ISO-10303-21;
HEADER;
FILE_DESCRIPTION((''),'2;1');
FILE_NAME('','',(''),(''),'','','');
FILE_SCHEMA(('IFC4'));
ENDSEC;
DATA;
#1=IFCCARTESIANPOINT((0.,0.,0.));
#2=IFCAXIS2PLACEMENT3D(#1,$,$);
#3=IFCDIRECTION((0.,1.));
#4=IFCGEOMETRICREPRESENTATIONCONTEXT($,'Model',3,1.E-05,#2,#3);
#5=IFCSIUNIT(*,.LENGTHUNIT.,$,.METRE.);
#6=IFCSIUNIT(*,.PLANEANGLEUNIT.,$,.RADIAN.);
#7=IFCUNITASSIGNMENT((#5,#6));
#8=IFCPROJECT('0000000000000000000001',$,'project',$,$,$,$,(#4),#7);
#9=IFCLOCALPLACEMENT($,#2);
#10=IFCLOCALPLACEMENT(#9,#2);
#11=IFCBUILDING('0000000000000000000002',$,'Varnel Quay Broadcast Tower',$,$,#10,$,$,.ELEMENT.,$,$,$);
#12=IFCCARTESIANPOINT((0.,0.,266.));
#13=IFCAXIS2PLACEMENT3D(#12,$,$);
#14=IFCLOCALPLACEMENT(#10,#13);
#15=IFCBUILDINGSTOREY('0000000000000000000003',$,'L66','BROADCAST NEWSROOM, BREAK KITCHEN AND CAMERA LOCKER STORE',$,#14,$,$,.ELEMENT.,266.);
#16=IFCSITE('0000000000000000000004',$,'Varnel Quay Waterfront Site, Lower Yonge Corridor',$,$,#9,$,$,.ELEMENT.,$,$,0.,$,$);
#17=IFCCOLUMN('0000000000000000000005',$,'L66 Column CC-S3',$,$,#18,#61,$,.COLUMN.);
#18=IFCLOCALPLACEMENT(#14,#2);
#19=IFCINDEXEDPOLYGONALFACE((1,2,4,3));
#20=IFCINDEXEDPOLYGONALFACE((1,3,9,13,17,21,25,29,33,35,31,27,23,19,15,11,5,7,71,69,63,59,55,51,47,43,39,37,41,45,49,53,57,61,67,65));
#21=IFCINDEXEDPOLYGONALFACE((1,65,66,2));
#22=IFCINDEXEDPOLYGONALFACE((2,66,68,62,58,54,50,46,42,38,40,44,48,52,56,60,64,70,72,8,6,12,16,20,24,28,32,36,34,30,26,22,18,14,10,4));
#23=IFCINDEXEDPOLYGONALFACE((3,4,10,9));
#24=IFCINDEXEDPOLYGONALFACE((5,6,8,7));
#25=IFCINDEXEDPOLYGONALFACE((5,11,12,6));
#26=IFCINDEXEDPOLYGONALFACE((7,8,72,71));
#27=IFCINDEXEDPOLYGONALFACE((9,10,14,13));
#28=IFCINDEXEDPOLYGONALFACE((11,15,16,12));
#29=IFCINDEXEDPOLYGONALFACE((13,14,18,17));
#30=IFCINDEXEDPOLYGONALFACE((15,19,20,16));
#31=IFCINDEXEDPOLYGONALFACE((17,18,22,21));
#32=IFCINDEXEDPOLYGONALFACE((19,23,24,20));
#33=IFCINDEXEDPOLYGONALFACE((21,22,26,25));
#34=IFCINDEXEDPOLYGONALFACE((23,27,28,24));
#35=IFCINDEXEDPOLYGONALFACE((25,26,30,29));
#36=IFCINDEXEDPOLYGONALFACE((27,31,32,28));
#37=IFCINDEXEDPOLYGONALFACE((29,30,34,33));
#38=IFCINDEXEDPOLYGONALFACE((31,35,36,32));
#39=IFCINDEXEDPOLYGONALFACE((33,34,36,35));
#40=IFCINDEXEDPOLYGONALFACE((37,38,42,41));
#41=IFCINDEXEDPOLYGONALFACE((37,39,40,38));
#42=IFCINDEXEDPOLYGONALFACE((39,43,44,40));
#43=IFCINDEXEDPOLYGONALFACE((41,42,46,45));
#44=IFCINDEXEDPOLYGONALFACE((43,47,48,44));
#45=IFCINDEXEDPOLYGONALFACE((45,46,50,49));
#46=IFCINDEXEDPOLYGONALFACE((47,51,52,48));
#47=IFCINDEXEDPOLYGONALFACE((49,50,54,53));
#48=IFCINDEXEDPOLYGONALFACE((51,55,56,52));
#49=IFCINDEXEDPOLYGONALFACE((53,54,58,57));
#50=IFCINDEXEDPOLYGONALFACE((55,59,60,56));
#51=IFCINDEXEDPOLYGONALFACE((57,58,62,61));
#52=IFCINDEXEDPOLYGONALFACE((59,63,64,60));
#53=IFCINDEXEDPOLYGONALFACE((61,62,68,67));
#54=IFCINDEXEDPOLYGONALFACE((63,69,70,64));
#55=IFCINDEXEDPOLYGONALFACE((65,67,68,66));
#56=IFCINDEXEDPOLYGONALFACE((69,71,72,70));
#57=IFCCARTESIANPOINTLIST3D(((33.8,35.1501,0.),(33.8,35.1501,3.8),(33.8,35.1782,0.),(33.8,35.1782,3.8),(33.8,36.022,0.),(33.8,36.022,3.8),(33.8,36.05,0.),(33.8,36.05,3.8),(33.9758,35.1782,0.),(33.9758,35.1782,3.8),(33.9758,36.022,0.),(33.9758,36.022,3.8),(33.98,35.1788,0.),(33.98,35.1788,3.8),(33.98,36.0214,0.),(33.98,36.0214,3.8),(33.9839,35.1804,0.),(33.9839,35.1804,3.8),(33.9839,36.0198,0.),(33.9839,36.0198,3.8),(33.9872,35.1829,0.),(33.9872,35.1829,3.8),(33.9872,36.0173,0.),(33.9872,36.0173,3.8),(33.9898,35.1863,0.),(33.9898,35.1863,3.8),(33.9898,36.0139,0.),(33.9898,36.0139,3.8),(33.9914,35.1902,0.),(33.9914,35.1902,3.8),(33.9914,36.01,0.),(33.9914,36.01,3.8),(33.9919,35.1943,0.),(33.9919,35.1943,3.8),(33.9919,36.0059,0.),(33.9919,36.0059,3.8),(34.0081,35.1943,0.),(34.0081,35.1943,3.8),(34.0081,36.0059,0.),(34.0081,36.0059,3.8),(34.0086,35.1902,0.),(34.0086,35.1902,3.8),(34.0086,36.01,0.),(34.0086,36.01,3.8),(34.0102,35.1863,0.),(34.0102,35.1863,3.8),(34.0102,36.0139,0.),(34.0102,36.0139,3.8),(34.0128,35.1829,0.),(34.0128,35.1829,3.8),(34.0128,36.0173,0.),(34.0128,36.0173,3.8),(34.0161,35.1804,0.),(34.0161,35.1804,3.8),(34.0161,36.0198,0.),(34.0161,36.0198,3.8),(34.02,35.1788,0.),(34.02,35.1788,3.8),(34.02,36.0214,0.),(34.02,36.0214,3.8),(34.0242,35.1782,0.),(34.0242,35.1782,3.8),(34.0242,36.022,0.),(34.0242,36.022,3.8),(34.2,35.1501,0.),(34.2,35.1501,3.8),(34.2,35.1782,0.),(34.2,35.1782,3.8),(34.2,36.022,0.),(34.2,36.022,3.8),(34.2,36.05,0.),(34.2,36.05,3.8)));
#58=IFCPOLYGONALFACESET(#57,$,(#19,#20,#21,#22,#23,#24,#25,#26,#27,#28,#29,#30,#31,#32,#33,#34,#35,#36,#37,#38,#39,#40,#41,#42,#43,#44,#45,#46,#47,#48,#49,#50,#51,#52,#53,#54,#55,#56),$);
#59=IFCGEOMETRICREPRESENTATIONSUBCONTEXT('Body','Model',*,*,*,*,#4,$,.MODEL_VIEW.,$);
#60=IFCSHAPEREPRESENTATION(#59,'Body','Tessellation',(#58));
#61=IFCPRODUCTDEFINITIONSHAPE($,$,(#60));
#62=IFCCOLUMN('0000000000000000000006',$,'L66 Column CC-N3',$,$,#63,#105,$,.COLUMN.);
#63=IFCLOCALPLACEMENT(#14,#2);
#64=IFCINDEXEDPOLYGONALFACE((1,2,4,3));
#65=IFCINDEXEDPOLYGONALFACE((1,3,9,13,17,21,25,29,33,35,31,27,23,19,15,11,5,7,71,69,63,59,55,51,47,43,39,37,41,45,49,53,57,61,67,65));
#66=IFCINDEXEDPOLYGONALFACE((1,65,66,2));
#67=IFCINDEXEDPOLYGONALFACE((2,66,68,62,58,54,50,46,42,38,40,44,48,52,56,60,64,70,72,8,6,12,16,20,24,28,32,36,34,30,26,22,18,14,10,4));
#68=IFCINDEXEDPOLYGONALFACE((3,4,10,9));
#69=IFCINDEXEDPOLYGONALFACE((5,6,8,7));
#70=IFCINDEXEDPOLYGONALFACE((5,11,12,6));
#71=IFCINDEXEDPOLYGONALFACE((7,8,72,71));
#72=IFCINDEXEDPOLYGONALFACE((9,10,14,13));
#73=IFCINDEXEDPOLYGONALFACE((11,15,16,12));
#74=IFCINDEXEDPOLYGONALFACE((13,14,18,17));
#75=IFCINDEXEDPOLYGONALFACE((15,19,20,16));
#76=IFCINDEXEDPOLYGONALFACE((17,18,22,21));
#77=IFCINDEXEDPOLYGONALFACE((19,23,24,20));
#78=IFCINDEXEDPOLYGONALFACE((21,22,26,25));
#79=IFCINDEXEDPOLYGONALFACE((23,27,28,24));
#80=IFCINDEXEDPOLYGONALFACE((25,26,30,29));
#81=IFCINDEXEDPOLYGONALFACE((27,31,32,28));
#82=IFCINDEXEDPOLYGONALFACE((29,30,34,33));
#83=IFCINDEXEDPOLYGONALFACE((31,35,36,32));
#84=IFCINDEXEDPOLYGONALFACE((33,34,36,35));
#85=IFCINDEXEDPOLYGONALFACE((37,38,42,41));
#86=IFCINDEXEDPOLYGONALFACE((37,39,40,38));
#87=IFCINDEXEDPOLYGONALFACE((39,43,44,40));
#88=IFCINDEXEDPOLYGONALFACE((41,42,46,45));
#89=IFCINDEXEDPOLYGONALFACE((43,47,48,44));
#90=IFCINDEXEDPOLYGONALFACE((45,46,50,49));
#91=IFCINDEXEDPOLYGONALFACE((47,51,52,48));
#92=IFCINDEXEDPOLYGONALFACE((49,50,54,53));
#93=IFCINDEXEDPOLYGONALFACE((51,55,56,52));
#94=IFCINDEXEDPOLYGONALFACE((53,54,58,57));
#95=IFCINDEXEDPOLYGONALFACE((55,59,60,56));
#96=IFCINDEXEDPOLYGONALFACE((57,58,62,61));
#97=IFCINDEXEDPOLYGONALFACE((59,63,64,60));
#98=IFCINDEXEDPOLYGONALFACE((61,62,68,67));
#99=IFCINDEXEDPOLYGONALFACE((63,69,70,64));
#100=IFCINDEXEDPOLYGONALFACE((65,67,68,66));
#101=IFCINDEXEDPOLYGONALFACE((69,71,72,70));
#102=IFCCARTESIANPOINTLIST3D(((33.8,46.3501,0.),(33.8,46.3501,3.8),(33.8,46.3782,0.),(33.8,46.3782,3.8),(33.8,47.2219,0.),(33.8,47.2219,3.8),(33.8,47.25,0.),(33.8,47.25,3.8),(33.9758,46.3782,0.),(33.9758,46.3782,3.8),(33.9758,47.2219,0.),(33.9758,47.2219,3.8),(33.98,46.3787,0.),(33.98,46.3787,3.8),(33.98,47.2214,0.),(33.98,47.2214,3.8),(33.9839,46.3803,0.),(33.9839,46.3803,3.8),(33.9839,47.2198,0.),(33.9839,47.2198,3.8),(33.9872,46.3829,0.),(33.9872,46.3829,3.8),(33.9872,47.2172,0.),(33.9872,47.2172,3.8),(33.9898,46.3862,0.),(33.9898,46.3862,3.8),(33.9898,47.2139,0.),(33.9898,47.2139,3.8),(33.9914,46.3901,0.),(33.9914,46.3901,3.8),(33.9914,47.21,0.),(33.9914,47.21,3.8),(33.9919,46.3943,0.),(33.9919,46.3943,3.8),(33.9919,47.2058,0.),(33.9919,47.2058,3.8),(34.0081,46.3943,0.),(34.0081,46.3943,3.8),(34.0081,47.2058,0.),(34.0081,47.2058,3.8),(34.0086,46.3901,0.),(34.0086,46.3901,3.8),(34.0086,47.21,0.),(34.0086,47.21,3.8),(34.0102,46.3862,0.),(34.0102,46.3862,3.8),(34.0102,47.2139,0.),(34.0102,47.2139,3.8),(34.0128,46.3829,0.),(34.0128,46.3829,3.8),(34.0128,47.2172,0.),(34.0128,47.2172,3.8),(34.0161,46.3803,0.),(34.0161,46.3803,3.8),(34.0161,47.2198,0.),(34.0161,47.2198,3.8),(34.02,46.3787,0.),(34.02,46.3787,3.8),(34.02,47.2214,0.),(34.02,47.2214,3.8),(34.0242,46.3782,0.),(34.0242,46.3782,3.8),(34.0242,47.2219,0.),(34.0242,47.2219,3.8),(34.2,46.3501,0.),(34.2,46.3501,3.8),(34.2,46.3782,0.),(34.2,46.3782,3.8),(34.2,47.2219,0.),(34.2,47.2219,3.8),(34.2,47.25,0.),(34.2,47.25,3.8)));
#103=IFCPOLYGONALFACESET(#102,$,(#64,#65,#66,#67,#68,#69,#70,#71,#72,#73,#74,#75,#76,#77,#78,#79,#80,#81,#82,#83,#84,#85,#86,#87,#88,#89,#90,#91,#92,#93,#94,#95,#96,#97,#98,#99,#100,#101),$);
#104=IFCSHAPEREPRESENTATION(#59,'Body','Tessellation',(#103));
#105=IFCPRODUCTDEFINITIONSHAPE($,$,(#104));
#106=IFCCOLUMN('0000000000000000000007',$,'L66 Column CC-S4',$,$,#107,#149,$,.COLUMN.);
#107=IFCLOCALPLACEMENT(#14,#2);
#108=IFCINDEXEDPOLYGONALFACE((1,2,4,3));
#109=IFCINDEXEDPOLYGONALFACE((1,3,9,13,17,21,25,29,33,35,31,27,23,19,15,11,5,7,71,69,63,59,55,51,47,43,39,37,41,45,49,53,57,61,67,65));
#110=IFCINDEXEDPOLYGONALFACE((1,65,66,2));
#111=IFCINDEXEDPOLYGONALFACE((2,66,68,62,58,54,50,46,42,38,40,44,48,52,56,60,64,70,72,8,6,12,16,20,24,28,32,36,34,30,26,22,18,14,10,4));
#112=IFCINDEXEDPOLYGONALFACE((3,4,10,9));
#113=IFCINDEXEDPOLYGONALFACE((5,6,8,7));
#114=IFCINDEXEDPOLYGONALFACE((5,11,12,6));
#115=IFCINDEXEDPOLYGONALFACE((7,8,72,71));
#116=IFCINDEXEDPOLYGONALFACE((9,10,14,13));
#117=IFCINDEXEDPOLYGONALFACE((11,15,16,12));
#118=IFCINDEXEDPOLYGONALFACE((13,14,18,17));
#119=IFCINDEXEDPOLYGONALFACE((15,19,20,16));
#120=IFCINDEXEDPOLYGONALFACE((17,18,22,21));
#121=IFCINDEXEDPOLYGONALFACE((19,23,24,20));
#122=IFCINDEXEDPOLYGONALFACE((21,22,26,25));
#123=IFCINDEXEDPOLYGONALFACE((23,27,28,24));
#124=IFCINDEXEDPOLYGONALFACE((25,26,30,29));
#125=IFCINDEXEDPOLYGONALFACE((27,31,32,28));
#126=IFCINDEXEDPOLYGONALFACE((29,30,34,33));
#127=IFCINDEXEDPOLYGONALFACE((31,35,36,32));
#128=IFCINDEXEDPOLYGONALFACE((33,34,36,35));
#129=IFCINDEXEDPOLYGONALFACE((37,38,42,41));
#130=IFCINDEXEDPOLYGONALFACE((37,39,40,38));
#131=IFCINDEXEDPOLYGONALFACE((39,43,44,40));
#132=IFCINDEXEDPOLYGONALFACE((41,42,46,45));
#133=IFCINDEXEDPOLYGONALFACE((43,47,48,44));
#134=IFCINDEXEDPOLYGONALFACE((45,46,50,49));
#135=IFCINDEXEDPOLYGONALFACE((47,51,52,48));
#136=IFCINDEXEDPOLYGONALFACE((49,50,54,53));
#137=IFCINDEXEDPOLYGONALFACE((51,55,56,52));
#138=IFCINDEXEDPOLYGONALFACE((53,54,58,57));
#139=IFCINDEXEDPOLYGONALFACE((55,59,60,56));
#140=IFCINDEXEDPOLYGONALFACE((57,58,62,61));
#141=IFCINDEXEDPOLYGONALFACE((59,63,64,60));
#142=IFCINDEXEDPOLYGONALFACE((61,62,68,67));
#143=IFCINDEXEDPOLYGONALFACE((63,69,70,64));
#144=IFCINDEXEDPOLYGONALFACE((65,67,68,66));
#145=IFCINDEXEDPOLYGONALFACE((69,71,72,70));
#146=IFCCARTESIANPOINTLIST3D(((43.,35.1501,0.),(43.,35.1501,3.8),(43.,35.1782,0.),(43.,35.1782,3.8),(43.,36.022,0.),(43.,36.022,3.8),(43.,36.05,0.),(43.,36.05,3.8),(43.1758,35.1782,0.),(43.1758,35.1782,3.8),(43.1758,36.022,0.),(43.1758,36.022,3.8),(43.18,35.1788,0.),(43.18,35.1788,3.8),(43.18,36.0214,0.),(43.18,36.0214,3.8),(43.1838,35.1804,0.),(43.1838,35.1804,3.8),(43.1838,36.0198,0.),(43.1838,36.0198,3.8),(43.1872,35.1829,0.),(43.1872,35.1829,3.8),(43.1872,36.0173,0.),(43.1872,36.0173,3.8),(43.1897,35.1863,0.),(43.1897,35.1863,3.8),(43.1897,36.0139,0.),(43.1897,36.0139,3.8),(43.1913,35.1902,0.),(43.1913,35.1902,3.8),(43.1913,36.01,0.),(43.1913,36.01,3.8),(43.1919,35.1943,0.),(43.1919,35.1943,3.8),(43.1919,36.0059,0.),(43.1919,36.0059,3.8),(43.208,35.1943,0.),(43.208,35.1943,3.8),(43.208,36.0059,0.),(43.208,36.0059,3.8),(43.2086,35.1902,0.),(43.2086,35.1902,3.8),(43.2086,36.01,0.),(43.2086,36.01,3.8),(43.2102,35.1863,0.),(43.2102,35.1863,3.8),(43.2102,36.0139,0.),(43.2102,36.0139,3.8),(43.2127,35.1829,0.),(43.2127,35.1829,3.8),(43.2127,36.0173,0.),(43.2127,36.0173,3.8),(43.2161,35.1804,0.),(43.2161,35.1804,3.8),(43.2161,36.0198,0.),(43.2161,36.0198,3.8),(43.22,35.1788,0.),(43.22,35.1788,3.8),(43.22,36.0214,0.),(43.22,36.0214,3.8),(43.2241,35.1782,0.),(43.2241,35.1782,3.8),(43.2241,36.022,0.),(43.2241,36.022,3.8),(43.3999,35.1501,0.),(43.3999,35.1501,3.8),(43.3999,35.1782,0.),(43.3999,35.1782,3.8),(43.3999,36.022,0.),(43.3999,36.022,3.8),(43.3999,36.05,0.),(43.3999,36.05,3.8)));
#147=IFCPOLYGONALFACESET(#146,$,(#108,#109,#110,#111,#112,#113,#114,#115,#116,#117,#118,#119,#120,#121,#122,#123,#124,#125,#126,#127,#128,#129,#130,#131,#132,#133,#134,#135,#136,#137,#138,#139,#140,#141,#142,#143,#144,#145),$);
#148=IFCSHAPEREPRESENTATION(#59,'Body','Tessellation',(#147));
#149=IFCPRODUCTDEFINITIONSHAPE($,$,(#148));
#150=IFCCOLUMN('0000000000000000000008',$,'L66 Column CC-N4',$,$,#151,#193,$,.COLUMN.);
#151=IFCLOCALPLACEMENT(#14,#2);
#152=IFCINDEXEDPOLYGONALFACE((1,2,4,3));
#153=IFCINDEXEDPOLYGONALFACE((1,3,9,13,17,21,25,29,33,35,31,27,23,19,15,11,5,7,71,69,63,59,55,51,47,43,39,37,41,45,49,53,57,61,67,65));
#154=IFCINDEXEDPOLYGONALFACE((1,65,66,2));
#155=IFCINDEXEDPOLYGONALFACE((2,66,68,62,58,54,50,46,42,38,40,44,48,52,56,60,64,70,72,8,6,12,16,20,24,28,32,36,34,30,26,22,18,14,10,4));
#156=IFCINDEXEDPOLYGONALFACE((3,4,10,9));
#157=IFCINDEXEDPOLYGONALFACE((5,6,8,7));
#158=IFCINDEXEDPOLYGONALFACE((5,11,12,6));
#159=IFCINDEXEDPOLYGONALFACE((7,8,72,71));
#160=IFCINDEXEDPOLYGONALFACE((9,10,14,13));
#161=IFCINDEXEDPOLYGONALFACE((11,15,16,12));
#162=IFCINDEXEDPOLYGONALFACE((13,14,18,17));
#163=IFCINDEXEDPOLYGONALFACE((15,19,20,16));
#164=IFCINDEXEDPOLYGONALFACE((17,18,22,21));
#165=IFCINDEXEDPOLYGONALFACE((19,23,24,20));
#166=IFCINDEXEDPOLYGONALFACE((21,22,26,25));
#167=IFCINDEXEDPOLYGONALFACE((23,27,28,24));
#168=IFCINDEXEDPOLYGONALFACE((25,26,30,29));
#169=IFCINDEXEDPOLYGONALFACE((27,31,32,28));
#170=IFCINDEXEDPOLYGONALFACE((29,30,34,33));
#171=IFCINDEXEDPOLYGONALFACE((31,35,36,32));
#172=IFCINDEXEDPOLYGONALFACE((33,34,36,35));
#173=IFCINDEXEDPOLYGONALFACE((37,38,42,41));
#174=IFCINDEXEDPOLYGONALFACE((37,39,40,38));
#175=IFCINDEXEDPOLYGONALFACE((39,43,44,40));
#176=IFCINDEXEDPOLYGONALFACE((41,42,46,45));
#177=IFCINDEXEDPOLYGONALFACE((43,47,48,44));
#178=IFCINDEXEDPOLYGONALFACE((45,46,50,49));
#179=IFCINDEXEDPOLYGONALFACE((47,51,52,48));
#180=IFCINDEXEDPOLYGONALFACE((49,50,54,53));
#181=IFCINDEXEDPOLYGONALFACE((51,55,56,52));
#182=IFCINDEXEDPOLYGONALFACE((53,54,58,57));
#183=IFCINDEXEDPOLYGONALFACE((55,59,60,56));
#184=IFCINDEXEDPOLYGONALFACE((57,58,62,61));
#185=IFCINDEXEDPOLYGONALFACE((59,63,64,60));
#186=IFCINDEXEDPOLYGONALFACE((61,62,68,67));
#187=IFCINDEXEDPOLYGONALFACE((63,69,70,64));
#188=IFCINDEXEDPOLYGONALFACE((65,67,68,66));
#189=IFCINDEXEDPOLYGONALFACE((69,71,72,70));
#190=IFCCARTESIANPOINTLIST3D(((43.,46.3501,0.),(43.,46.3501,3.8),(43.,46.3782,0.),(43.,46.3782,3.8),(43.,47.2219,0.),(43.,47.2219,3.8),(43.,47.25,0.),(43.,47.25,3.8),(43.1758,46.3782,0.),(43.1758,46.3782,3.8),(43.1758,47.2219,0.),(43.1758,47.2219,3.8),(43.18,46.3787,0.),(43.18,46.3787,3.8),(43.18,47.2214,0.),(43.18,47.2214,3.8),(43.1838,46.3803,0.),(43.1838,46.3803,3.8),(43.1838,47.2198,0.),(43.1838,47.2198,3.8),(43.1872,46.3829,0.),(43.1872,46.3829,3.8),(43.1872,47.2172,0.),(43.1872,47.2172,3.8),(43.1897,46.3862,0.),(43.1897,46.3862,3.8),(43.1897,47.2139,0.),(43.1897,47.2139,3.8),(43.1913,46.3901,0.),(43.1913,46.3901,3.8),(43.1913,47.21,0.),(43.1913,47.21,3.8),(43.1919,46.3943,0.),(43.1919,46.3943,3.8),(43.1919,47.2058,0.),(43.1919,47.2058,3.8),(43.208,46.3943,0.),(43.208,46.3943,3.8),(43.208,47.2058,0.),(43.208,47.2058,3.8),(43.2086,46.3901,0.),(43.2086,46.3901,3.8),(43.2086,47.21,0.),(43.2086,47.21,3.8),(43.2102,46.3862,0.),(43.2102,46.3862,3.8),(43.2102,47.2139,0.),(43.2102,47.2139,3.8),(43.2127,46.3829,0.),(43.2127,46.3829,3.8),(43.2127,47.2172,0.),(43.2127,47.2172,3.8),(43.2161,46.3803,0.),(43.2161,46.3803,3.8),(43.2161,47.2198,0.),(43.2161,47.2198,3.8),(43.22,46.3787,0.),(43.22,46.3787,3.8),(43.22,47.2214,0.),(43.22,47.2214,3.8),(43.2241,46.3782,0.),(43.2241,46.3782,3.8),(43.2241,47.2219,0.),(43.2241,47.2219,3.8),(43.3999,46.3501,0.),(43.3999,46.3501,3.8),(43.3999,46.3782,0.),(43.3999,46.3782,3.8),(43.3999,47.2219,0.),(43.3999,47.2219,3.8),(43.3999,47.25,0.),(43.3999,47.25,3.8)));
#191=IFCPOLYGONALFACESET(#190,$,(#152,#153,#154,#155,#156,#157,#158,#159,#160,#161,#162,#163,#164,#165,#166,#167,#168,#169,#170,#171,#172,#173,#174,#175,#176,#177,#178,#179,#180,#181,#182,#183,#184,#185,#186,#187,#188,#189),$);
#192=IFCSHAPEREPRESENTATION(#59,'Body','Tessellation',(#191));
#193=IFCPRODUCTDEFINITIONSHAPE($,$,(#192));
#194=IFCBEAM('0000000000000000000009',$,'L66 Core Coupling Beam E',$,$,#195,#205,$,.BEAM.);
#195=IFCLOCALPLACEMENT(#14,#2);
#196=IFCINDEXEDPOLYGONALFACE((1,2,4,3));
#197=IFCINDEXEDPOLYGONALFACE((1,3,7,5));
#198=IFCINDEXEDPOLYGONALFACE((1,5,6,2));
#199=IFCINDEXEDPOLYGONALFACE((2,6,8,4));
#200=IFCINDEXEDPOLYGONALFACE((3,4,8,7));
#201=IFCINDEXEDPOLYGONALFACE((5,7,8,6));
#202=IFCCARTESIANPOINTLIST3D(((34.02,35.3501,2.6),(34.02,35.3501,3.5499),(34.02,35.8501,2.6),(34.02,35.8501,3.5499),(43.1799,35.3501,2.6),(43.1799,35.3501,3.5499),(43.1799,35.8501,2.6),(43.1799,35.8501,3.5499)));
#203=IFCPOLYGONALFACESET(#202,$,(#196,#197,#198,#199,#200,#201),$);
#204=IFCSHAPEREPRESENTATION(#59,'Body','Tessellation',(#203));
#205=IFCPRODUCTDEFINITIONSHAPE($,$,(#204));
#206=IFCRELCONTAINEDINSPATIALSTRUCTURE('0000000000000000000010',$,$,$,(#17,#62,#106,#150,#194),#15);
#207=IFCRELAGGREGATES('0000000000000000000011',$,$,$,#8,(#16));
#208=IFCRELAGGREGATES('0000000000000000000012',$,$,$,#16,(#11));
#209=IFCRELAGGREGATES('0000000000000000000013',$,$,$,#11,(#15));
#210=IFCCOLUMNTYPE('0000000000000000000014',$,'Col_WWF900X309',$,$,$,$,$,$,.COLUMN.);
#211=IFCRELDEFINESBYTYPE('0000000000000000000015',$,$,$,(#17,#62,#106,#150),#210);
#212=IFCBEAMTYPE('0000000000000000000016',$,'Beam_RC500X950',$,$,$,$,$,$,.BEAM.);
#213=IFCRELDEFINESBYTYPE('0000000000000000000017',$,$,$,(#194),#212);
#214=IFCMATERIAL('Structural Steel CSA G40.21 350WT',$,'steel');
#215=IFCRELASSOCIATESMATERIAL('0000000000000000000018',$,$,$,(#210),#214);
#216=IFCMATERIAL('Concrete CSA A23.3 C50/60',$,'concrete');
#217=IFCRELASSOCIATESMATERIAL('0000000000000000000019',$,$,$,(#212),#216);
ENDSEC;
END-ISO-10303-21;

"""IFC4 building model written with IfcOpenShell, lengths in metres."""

from ifc_helpers import new_model, si_unit, direction, frame, origin, origin_2d, place, context, subcontext, project, spatial, rectangle, i_section, extrude, source, transform, mapped, material, material_profile, profile_set, type_object, type_shapes, element, save


model = new_model("IFC4")

# Units and contexts
model_context = context("Model", 3, precision=1e-05, world=origin(), true_north=direction((0.0, 1.0)))
body_context = subcontext(model_context, "Body", "Model", "MODEL_VIEW")
ifc_project = project(units=[si_unit("LENGTHUNIT", "METRE"), si_unit("PLANEANGLEUNIT", "RADIAN")], contexts=[model_context])

# Site, building, storey
site_placement = place(None, origin())
site = spatial("IfcSite", under=ifc_project, at=site_placement, Name="Varnel Quay Waterfront Site, Lower Yonge Corridor", CompositionType="ELEMENT", RefElevation=0.0)
building_placement = place(site_placement, origin())
building = spatial("IfcBuilding", under=site, at=building_placement, Name="Varnel Quay Broadcast Tower", CompositionType="ELEMENT")
storey_placement = place(building_placement, frame((0.0, 0.0, 266.0)))
storey = spatial("IfcBuildingStorey", under=building, at=storey_placement, Name="L66", Description="BROADCAST NEWSROOM, BREAK KITCHEN AND CAMERA LOCKER STORE", CompositionType="ELEMENT", Elevation=266.0)

# Columns
ifc_material_1 = material(Name="Structural Steel CSA G40.21 350WT", Category="steel")
ifc_material_profile_1 = material_profile(ifc_material_1, i_section(OverallWidth=0.3999, OverallDepth=0.8999, WebThickness=0.0161, FlangeThickness=0.0281, FilletRadius=0.0161, at=origin_2d()), Name="WWF900X309")
ifc_profile_set_1 = profile_set([ifc_material_profile_1], Name="Structural Steel CSA G40.21 350WT")
column_type = type_object("IfcColumnType", Name="Col_WWF900X309", PredefinedType="COLUMN", material=ifc_profile_set_1)
shared_shape_1 = source(origin(), body_context, "Body", "SweptSolid", [
    extrude(i_section(OverallWidth=0.3999, OverallDepth=0.8999, WebThickness=0.0161, FlangeThickness=0.0281, FilletRadius=0.0161, at=origin_2d()), origin(), (0.0, 0.0, 1.0), 3.8),
])
type_shapes(column_type, [shared_shape_1])
for number, where, z_axis, x_axis, name in (
    (1, (34.0, 35.6001, 0.0), (0.0, 0.0, 1.0), (1.0, 0.0, 0.0), "L66 Column CC-S3"),
    (2, (34.0, 46.8, 0.0), (0.0, 0.0, 1.0), (1.0, 0.0, 0.0), "L66 Column CC-N3"),
    (3, (43.2, 35.6001, 0.0), (0.0, 0.0, 1.0), (1.0, 0.0, 0.0), "L66 Column CC-S4"),
    (4, (43.2, 46.8, 0.0), (0.0, 0.0, 1.0), (1.0, 0.0, 0.0), "L66 Column CC-N4"),
):
    element("IfcColumn", number, at=place(storey_placement, frame(where, z_axis=z_axis, x_axis=x_axis)), inside=storey, type_object=column_type, Name=name, PredefinedType="COLUMN", context=body_context, shape_type="MappedRepresentation", body=[
        mapped(shared_shape_1, transform((0.0, 0.0, 0.0), x_axis=(1.0, 0.0, 0.0), y_axis=(0.0, 1.0, 0.0), z_axis=(0.0, 0.0, 1.0), scale=1.0)),
    ])

# Beam
ifc_material_2 = material(Name="Concrete CSA A23.3 C50/60", Category="concrete")
ifc_material_profile_2 = material_profile(ifc_material_2, rectangle(XDim=0.5, YDim=0.95, at=origin_2d()), Name="RC500X950")
ifc_profile_set_2 = profile_set([ifc_material_profile_2], Name="Concrete CSA A23.3 C50/60")
beam_type_1 = type_object("IfcBeamType", Name="Beam_RC500X950", PredefinedType="BEAM", material=ifc_profile_set_2)
shared_shape_2 = source(origin(), body_context, "Body", "SweptSolid", [
    extrude(rectangle(XDim=0.5, YDim=0.95, at=origin_2d()), origin(), (0.0, 0.0, 1.0), 9.1599),
])
type_shapes(beam_type_1, [shared_shape_2])
beam_1_placement = place(storey_placement, frame((34.02, 35.6001, 3.075), z_axis=(1.0, 0.0, 0.0), x_axis=(0.0, 1.0, 0.0)))
element("IfcBeam", 5, at=beam_1_placement, inside=storey, type_object=beam_type_1, Name="L66 Core Coupling Beam E", PredefinedType="BEAM", context=body_context, shape_type="MappedRepresentation", body=[
    mapped(shared_shape_2, transform((0.0, 0.0, 0.0), x_axis=(1.0, 0.0, 0.0), y_axis=(0.0, 1.0, 0.0), z_axis=(0.0, 0.0, 1.0), scale=1.0)),
])

save(model, "model.ifc")
